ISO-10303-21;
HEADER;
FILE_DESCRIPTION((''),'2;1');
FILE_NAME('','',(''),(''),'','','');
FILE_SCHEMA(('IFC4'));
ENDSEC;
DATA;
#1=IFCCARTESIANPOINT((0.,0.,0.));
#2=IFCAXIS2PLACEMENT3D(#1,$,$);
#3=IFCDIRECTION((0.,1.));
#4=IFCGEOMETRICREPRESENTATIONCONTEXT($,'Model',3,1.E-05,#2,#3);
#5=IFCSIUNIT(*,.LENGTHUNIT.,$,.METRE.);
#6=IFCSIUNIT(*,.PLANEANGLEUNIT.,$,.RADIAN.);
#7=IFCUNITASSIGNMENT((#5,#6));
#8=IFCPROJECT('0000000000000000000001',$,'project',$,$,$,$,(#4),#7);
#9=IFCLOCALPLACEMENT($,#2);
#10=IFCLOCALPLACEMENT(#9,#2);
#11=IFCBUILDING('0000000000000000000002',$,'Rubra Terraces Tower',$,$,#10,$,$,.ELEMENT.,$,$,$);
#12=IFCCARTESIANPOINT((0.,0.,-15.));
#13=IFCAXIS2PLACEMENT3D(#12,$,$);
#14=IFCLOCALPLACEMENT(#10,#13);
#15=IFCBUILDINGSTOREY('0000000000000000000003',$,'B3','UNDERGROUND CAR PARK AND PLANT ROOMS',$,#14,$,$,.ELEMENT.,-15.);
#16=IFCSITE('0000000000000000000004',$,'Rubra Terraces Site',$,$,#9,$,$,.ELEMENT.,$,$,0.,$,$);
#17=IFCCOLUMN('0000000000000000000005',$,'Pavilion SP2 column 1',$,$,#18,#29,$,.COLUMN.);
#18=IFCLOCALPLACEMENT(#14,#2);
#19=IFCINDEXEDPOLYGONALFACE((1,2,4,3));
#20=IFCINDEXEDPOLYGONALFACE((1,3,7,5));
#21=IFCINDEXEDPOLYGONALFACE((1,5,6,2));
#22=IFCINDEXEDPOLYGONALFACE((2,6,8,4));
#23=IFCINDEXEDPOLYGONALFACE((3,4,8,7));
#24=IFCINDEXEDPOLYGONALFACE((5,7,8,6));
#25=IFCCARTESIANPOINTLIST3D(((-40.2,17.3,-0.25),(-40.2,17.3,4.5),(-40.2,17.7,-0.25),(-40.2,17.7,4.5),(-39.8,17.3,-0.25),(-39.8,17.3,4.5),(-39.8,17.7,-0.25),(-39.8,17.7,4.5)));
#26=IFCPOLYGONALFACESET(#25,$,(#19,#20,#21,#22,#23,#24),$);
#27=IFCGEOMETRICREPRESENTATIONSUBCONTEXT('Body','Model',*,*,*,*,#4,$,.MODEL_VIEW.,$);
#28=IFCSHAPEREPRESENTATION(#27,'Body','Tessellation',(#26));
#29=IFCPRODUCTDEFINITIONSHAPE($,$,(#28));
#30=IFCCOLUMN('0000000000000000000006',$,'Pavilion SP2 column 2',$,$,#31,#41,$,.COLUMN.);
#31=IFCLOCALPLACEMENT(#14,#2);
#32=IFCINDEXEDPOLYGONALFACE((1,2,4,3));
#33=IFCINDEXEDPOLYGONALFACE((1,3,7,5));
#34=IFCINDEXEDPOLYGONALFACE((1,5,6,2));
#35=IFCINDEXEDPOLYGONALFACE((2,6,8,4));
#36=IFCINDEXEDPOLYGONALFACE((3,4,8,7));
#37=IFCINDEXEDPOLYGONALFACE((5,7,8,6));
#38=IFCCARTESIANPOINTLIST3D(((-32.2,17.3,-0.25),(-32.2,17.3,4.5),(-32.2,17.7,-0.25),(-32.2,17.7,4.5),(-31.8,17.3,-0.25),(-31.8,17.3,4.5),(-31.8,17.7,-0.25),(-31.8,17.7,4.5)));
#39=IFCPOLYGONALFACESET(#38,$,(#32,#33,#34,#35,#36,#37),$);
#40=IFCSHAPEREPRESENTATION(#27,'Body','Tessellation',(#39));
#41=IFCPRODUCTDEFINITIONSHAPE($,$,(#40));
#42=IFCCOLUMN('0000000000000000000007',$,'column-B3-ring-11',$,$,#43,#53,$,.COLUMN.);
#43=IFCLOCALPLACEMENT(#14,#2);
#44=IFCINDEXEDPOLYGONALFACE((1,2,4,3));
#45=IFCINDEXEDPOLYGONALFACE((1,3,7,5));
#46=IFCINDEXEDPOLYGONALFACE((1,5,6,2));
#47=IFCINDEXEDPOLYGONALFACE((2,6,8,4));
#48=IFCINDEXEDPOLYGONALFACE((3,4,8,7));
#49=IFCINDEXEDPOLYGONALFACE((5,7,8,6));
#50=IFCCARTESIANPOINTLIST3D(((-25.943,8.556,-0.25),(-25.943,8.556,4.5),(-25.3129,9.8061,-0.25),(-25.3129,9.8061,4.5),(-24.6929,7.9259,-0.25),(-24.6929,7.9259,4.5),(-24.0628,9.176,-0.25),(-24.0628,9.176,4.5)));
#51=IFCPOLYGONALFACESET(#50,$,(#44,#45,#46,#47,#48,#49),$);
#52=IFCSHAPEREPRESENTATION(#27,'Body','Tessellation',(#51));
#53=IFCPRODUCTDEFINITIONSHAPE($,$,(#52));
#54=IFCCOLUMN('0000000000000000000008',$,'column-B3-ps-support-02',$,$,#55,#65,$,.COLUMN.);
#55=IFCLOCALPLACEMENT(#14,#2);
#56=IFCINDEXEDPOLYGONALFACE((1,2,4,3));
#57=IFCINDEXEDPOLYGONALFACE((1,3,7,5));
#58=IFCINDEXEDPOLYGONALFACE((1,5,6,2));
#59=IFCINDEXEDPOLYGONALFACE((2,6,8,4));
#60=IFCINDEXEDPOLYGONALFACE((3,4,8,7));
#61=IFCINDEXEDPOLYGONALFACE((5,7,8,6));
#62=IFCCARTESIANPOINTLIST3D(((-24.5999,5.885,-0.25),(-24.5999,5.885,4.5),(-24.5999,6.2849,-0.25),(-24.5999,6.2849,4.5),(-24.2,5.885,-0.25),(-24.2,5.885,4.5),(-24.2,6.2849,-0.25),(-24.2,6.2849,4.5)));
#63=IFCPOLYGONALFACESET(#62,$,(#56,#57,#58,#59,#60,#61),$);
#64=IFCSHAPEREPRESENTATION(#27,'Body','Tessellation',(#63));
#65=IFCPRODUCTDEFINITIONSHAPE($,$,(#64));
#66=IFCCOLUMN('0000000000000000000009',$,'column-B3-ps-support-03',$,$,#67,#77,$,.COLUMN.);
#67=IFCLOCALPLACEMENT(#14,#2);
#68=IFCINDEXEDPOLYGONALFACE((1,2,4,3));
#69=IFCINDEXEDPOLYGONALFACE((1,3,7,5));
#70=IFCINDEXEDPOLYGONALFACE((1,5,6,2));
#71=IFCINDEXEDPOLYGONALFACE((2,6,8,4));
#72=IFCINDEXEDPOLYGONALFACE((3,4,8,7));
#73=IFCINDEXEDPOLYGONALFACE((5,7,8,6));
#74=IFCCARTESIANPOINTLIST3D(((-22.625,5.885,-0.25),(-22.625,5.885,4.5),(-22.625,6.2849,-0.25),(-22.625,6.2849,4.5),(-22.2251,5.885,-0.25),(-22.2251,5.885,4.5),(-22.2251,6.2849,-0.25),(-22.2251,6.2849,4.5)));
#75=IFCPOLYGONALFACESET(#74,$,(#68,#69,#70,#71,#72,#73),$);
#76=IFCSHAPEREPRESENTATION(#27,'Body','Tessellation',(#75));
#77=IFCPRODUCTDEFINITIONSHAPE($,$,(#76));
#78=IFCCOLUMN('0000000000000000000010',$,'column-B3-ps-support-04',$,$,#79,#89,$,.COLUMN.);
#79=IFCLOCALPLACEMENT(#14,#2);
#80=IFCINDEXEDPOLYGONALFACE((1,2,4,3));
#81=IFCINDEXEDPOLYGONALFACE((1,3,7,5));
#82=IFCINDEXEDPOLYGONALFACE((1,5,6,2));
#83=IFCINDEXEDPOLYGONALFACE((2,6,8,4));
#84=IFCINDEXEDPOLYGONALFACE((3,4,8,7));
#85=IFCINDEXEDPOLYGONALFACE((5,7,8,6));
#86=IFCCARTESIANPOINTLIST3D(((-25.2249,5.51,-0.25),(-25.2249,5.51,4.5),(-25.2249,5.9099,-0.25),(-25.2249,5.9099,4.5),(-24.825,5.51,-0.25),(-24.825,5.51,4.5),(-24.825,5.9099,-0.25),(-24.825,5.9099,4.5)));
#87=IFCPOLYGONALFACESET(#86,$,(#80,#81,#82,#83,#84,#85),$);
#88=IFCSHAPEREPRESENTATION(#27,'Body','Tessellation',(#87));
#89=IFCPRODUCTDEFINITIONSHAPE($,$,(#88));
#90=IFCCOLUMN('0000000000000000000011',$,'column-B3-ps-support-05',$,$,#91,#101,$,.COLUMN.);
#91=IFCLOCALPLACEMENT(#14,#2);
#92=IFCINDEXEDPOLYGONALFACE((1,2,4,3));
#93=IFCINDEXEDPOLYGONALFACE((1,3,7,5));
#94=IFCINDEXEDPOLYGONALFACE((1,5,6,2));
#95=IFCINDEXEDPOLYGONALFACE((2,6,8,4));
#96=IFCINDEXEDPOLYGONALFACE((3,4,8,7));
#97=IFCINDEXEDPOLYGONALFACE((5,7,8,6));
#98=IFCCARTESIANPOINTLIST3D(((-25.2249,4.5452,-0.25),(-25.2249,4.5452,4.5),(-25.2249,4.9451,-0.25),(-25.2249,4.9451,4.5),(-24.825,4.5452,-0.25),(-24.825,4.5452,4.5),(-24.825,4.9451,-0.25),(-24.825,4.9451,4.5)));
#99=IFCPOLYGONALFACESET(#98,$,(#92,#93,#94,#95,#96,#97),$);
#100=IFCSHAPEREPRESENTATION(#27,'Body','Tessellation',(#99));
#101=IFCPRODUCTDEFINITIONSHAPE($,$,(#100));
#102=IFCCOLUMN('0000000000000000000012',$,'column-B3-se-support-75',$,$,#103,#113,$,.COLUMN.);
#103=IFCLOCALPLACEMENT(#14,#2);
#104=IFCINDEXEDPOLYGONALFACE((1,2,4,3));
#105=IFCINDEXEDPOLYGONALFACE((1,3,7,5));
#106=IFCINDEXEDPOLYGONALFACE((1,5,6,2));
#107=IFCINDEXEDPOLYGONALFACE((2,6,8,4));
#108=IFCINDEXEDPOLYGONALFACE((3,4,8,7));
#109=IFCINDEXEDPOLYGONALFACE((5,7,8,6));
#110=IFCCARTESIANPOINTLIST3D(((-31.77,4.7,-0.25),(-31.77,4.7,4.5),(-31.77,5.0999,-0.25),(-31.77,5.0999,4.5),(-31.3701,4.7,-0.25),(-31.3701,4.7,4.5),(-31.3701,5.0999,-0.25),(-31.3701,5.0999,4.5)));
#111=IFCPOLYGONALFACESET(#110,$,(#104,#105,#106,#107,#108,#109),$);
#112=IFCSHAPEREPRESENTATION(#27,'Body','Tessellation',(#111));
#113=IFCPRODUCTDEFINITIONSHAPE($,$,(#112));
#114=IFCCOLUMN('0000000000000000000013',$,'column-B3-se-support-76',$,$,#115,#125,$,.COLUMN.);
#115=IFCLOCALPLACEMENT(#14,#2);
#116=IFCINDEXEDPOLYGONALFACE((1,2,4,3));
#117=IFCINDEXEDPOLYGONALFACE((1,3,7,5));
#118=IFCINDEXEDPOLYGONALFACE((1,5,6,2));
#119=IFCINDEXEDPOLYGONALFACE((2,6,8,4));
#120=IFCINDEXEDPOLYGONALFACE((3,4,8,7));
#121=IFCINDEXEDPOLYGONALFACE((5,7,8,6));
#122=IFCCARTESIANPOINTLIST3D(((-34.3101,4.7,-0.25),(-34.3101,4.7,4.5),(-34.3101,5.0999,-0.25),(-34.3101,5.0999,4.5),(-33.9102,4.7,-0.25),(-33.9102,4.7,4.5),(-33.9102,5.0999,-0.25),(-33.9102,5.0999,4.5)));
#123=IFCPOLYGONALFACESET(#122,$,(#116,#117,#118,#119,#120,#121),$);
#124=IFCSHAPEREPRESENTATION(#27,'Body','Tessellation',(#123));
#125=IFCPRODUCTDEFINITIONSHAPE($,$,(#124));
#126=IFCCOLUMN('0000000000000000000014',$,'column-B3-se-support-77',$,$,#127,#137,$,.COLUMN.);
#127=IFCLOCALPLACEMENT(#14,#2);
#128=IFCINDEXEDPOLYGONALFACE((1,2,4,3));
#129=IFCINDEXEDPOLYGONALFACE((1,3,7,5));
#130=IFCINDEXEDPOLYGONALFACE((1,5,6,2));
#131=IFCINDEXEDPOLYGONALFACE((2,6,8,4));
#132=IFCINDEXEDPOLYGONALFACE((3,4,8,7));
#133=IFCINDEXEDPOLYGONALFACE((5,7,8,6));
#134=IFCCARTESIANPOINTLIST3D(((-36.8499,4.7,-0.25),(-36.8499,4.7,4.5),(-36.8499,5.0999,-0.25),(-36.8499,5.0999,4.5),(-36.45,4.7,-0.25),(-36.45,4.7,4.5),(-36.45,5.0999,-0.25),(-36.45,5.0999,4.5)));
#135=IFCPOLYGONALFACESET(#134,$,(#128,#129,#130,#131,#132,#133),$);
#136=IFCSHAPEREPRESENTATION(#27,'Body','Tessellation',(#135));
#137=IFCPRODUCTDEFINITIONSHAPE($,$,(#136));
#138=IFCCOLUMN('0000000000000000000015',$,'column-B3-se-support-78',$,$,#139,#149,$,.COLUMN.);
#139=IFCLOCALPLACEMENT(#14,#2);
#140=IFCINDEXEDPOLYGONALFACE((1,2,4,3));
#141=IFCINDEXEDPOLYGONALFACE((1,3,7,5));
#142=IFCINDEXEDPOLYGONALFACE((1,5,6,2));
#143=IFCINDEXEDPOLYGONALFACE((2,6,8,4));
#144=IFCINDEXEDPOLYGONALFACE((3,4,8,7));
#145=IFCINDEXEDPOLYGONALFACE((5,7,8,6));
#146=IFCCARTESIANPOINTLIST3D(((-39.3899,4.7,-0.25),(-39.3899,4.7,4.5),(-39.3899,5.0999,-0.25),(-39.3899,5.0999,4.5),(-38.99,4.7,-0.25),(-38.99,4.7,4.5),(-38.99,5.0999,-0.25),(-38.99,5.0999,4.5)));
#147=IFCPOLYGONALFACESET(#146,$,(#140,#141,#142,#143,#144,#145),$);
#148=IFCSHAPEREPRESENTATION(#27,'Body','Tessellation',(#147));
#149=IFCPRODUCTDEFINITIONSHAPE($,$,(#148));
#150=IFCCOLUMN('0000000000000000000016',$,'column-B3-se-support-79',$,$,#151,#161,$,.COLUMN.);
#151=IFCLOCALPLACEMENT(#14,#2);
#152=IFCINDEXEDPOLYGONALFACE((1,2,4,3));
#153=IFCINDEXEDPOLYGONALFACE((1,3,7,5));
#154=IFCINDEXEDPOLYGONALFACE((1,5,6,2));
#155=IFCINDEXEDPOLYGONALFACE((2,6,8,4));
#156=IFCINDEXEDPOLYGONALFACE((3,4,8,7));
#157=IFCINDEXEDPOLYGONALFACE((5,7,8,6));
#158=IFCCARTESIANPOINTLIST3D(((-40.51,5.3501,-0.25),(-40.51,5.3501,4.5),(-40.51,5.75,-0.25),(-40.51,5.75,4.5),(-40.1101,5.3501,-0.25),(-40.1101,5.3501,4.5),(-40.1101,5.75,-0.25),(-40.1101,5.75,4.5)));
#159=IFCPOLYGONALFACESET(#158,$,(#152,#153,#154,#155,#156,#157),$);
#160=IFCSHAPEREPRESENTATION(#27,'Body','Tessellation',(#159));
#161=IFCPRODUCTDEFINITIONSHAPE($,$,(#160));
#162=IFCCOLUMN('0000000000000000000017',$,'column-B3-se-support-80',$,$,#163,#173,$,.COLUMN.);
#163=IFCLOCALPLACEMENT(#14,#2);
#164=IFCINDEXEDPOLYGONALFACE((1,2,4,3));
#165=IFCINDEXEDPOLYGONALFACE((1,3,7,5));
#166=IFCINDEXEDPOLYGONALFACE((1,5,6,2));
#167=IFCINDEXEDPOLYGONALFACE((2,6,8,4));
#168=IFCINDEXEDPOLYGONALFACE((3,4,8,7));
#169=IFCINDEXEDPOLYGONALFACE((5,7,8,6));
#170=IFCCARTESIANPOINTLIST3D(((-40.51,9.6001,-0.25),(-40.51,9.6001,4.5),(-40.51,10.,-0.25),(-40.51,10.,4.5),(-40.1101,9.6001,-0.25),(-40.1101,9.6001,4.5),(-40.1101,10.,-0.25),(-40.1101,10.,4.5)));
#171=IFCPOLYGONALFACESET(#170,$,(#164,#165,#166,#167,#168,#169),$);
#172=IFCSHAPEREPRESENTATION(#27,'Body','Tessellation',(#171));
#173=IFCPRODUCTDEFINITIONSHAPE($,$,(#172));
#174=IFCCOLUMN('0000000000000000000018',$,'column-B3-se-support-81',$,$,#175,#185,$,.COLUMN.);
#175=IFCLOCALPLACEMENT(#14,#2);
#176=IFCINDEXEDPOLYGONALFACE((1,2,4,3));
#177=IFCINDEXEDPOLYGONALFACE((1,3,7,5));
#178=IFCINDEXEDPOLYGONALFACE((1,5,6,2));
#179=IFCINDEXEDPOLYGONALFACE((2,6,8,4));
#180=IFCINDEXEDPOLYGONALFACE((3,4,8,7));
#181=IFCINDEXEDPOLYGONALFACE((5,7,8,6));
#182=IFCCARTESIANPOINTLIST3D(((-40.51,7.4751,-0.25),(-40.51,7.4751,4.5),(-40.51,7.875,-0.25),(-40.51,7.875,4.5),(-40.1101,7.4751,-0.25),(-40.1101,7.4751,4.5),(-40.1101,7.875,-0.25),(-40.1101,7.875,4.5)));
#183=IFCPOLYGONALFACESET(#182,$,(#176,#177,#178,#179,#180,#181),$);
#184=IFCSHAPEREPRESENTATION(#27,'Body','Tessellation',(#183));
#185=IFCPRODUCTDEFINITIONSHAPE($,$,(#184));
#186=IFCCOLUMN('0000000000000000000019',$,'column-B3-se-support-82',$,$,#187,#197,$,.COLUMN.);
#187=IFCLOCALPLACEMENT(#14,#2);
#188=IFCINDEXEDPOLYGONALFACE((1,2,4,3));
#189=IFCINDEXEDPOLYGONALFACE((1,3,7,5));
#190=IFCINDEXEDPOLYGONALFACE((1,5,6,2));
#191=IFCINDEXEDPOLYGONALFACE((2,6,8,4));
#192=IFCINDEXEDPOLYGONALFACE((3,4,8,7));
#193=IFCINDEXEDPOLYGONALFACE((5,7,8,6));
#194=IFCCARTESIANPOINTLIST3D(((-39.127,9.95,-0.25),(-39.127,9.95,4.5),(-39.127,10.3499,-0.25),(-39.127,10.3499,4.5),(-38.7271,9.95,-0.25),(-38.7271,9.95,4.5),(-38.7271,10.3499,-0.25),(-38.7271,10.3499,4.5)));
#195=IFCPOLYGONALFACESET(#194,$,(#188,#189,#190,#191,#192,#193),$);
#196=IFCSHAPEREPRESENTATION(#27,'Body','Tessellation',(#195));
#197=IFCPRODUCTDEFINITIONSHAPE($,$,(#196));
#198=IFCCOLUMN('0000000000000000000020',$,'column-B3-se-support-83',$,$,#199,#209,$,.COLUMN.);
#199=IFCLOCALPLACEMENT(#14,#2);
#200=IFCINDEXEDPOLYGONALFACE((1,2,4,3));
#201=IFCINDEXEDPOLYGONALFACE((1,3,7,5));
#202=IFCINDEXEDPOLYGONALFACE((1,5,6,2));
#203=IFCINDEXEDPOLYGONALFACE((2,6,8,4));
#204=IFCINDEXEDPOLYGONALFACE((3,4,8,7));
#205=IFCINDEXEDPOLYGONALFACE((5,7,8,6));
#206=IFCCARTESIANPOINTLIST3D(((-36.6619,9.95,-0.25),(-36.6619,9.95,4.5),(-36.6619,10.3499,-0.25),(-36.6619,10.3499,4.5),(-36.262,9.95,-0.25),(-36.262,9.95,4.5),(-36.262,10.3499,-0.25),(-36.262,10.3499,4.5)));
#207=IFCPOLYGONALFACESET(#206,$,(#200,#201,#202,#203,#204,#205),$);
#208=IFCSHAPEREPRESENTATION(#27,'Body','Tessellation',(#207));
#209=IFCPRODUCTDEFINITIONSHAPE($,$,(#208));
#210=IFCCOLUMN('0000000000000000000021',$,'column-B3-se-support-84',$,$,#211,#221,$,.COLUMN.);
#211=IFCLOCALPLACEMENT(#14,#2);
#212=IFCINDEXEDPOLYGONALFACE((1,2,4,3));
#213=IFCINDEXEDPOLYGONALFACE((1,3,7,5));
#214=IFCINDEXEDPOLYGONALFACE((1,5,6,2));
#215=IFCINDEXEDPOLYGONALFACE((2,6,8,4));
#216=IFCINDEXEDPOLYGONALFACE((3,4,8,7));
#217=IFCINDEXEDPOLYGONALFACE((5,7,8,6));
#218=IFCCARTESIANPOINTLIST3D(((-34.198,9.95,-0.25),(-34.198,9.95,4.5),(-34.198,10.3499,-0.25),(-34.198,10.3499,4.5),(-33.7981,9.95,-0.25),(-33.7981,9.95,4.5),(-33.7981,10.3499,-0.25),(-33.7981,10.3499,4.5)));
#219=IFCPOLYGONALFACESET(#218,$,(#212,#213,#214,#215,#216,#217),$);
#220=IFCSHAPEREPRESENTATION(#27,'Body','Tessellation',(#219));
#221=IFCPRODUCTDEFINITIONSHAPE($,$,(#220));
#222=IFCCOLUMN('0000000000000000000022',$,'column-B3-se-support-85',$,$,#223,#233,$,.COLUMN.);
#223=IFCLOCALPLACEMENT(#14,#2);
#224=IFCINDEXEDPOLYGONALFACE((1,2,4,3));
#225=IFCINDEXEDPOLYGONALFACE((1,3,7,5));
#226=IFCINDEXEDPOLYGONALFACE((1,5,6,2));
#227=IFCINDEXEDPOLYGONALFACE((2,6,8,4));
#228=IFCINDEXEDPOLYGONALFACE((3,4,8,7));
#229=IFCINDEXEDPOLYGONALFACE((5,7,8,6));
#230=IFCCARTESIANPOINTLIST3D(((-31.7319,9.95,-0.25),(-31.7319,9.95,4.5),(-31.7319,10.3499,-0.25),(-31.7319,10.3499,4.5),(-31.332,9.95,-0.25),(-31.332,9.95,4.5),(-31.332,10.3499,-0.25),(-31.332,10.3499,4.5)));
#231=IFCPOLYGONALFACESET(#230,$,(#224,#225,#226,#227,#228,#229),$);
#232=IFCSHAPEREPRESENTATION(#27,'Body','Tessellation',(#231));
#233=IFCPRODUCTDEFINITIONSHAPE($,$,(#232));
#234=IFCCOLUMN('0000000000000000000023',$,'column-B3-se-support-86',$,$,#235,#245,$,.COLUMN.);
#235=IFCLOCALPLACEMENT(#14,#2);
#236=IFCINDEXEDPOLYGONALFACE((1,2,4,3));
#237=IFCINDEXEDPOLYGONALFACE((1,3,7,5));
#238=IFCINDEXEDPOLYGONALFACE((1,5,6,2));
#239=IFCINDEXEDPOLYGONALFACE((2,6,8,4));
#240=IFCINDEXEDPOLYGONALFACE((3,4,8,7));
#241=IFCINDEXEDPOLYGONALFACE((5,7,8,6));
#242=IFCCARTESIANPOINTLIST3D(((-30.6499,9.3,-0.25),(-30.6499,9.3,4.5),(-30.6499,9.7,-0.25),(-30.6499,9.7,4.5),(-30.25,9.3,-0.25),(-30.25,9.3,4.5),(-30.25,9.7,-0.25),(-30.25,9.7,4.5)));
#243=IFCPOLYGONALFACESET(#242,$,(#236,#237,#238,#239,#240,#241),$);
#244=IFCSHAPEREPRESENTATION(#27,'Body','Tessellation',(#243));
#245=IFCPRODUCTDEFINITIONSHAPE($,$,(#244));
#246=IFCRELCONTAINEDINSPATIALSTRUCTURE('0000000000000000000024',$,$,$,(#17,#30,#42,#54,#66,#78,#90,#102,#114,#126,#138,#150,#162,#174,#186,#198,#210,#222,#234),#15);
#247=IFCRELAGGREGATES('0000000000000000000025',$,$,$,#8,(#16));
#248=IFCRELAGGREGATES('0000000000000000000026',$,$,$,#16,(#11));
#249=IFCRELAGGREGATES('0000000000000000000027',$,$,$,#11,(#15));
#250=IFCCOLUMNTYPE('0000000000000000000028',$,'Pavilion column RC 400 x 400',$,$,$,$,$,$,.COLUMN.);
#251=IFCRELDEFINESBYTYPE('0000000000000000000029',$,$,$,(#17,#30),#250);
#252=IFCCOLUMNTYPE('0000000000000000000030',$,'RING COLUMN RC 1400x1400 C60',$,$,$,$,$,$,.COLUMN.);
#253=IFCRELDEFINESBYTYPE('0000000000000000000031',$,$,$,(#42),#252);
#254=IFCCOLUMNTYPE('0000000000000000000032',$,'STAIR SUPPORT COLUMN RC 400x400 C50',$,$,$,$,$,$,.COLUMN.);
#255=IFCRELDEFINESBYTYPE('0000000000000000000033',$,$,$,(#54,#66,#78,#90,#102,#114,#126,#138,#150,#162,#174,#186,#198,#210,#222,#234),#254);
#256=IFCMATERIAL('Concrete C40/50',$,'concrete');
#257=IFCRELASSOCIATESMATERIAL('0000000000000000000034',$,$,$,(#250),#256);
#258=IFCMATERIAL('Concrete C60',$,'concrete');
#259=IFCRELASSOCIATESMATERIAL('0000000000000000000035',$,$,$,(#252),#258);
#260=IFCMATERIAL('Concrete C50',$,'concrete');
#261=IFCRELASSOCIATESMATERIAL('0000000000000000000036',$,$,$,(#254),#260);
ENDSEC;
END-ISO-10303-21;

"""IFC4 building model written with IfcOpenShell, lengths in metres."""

from ifc_helpers import new_model, si_unit, direction, frame, origin, origin_2d, place, context, subcontext, project, spatial, rectangle, extrude, material, material_profile, profile_set, type_object, element, save


model = new_model("IFC4")

# Units and contexts
model_context = context("Model", 3, precision=1e-05, world=origin(), true_north=direction((0.0, 1.0)))
body_context = subcontext(model_context, "Body", "Model", "MODEL_VIEW")
ifc_project = project(units=[si_unit("LENGTHUNIT", "METRE"), si_unit("PLANEANGLEUNIT", "RADIAN")], contexts=[model_context])

# Site, building, storey
site_placement = place(None, origin())
site = spatial("IfcSite", under=ifc_project, at=site_placement, Name="Rubra Terraces Site", CompositionType="ELEMENT", RefElevation=0.0)
building_placement = place(site_placement, origin())
building = spatial("IfcBuilding", under=site, at=building_placement, Name="Rubra Terraces Tower", CompositionType="ELEMENT")
storey_placement = place(building_placement, frame((0.0, 0.0, -15.0)))
storey = spatial("IfcBuildingStorey", under=building, at=storey_placement, Name="B3", Description="UNDERGROUND CAR PARK AND PLANT ROOMS", CompositionType="ELEMENT", Elevation=-15.0)

# Columns
ifc_material_1 = material(Name="Concrete C50", Category="concrete")
ifc_material_2 = material(Name="Concrete C40/50", Category="concrete")
ifc_material_profile_1 = material_profile(ifc_material_2, rectangle(XDim=0.3999, YDim=0.3999, at=origin_2d()), Name="RC 400x400")
ifc_profile_set_1 = profile_set([ifc_material_profile_1], Name="Concrete C40/50")
column_type_1 = type_object("IfcColumnType", Name="Pavilion column RC 400 x 400", PredefinedType="COLUMN", material=ifc_profile_set_1)
for number, where, z_axis, x_axis, name in (
    (1, (-40.0, 17.5, -0.25), (0.0, 0.0, 1.0), (1.0, 0.0, 0.0), "Pavilion SP2 column 1"),
    (2, (-32.0, 17.5, -0.25), (0.0, 0.0, 1.0), (1.0, 0.0, 0.0), "Pavilion SP2 column 2"),
):
    element("IfcColumn", number, at=place(storey_placement, frame(where, z_axis=z_axis, x_axis=x_axis)), inside=storey, type_object=column_type_1, Name=name, PredefinedType="COLUMN", context=body_context, shape_type="SweptSolid", body=[
        extrude(rectangle(XDim=0.3999, YDim=0.3999, at=origin_2d()), origin(), (0.0, 0.0, 1.0), 4.75),
    ])
ifc_material_3 = material(Name="Concrete C60", Category="concrete")
ifc_material_profile_2 = material_profile(ifc_material_3, rectangle(XDim=1.3999, YDim=1.3999, at=origin_2d()), Name="RC 1400x1400")
ifc_profile_set_2 = profile_set([ifc_material_profile_2], Name="Concrete C60")
column_type_2 = type_object("IfcColumnType", Name="RING COLUMN RC 1400x1400 C60", PredefinedType="COLUMN", material=ifc_profile_set_2)
column_1_placement = place(storey_placement, frame((-25.0029, 8.866, -0.25), z_axis=(0.0, 0.0, 1.0), x_axis=(-0.450099, -0.892979, 0.0)))
element("IfcColumn", 3, at=column_1_placement, inside=storey, type_object=column_type_2, Name="column-B3-ring-11", PredefinedType="COLUMN", context=body_context, shape_type="SweptSolid", body=[
    extrude(rectangle(XDim=1.3999, YDim=1.3999, at=origin_2d()), origin(), (0.0, 0.0, 1.0), 4.75),
])
ifc_material_profile_3 = material_profile(ifc_material_1, rectangle(XDim=0.3999, YDim=0.3999, at=origin_2d()), Name="RC 400x400")
ifc_profile_set_3 = profile_set([ifc_material_profile_3], Name="Concrete C50")
column_type_3 = type_object("IfcColumnType", Name="STAIR SUPPORT COLUMN RC 400x400 C50", PredefinedType="COLUMN", material=ifc_profile_set_3)
for number, where, z_axis, x_axis, name in (
    (4, (-24.3999, 6.085, -0.25), (0.0, 0.0, 1.0), (1.0, 0.0, 0.0), "column-B3-ps-support-02"),
    (5, (-22.425, 6.085, -0.25), (0.0, 0.0, 1.0), (1.0, 0.0, 0.0), "column-B3-ps-support-03"),
    (6, (-25.0249, 5.71, -0.25), (0.0, 0.0, 1.0), (1.0, 0.0, 0.0), "column-B3-ps-support-04"),
    (7, (-25.0249, 4.7451, -0.25), (0.0, 0.0, 1.0), (1.0, 0.0, 0.0), "column-B3-ps-support-05"),
    (8, (-31.5701, 4.8999, -0.25), (0.0, 0.0, 1.0), (1.0, 0.0, 0.0), "column-B3-se-support-75"),
    (9, (-34.1101, 4.8999, -0.25), (0.0, 0.0, 1.0), (1.0, 0.0, 0.0), "column-B3-se-support-76"),
    (10, (-36.6499, 4.8999, -0.25), (0.0, 0.0, 1.0), (1.0, 0.0, 0.0), "column-B3-se-support-77"),
    (11, (-39.1899, 4.8999, -0.25), (0.0, 0.0, 1.0), (1.0, 0.0, 0.0), "column-B3-se-support-78"),
    (12, (-40.3101, 5.55, -0.25), (0.0, 0.0, 1.0), (1.0, 0.0, 0.0), "column-B3-se-support-79"),
    (13, (-40.3101, 9.8, -0.25), (0.0, 0.0, 1.0), (1.0, 0.0, 0.0), "column-B3-se-support-80"),
    (14, (-40.3101, 7.675, -0.25), (0.0, 0.0, 1.0), (1.0, 0.0, 0.0), "column-B3-se-support-81"),
    (15, (-38.927, 10.1499, -0.25), (0.0, 0.0, 1.0), (1.0, 0.0, 0.0), "column-B3-se-support-82"),
    (16, (-36.4619, 10.1499, -0.25), (0.0, 0.0, 1.0), (1.0, 0.0, 0.0), "column-B3-se-support-83"),
    (17, (-33.998, 10.1499, -0.25), (0.0, 0.0, 1.0), (1.0, 0.0, 0.0), "column-B3-se-support-84"),
    (18, (-31.532, 10.1499, -0.25), (0.0, 0.0, 1.0), (1.0, 0.0, 0.0), "column-B3-se-support-85"),
    (19, (-30.45, 9.5, -0.25), (0.0, 0.0, 1.0), (1.0, 0.0, 0.0), "column-B3-se-support-86"),
):
    element("IfcColumn", number, at=place(storey_placement, frame(where, z_axis=z_axis, x_axis=x_axis)), inside=storey, type_object=column_type_3, Name=name, PredefinedType="COLUMN", context=body_context, shape_type="SweptSolid", body=[
        extrude(rectangle(XDim=0.3999, YDim=0.3999, at=origin_2d()), origin(), (0.0, 0.0, 1.0), 4.75),
    ])

save(model, "model.ifc")
